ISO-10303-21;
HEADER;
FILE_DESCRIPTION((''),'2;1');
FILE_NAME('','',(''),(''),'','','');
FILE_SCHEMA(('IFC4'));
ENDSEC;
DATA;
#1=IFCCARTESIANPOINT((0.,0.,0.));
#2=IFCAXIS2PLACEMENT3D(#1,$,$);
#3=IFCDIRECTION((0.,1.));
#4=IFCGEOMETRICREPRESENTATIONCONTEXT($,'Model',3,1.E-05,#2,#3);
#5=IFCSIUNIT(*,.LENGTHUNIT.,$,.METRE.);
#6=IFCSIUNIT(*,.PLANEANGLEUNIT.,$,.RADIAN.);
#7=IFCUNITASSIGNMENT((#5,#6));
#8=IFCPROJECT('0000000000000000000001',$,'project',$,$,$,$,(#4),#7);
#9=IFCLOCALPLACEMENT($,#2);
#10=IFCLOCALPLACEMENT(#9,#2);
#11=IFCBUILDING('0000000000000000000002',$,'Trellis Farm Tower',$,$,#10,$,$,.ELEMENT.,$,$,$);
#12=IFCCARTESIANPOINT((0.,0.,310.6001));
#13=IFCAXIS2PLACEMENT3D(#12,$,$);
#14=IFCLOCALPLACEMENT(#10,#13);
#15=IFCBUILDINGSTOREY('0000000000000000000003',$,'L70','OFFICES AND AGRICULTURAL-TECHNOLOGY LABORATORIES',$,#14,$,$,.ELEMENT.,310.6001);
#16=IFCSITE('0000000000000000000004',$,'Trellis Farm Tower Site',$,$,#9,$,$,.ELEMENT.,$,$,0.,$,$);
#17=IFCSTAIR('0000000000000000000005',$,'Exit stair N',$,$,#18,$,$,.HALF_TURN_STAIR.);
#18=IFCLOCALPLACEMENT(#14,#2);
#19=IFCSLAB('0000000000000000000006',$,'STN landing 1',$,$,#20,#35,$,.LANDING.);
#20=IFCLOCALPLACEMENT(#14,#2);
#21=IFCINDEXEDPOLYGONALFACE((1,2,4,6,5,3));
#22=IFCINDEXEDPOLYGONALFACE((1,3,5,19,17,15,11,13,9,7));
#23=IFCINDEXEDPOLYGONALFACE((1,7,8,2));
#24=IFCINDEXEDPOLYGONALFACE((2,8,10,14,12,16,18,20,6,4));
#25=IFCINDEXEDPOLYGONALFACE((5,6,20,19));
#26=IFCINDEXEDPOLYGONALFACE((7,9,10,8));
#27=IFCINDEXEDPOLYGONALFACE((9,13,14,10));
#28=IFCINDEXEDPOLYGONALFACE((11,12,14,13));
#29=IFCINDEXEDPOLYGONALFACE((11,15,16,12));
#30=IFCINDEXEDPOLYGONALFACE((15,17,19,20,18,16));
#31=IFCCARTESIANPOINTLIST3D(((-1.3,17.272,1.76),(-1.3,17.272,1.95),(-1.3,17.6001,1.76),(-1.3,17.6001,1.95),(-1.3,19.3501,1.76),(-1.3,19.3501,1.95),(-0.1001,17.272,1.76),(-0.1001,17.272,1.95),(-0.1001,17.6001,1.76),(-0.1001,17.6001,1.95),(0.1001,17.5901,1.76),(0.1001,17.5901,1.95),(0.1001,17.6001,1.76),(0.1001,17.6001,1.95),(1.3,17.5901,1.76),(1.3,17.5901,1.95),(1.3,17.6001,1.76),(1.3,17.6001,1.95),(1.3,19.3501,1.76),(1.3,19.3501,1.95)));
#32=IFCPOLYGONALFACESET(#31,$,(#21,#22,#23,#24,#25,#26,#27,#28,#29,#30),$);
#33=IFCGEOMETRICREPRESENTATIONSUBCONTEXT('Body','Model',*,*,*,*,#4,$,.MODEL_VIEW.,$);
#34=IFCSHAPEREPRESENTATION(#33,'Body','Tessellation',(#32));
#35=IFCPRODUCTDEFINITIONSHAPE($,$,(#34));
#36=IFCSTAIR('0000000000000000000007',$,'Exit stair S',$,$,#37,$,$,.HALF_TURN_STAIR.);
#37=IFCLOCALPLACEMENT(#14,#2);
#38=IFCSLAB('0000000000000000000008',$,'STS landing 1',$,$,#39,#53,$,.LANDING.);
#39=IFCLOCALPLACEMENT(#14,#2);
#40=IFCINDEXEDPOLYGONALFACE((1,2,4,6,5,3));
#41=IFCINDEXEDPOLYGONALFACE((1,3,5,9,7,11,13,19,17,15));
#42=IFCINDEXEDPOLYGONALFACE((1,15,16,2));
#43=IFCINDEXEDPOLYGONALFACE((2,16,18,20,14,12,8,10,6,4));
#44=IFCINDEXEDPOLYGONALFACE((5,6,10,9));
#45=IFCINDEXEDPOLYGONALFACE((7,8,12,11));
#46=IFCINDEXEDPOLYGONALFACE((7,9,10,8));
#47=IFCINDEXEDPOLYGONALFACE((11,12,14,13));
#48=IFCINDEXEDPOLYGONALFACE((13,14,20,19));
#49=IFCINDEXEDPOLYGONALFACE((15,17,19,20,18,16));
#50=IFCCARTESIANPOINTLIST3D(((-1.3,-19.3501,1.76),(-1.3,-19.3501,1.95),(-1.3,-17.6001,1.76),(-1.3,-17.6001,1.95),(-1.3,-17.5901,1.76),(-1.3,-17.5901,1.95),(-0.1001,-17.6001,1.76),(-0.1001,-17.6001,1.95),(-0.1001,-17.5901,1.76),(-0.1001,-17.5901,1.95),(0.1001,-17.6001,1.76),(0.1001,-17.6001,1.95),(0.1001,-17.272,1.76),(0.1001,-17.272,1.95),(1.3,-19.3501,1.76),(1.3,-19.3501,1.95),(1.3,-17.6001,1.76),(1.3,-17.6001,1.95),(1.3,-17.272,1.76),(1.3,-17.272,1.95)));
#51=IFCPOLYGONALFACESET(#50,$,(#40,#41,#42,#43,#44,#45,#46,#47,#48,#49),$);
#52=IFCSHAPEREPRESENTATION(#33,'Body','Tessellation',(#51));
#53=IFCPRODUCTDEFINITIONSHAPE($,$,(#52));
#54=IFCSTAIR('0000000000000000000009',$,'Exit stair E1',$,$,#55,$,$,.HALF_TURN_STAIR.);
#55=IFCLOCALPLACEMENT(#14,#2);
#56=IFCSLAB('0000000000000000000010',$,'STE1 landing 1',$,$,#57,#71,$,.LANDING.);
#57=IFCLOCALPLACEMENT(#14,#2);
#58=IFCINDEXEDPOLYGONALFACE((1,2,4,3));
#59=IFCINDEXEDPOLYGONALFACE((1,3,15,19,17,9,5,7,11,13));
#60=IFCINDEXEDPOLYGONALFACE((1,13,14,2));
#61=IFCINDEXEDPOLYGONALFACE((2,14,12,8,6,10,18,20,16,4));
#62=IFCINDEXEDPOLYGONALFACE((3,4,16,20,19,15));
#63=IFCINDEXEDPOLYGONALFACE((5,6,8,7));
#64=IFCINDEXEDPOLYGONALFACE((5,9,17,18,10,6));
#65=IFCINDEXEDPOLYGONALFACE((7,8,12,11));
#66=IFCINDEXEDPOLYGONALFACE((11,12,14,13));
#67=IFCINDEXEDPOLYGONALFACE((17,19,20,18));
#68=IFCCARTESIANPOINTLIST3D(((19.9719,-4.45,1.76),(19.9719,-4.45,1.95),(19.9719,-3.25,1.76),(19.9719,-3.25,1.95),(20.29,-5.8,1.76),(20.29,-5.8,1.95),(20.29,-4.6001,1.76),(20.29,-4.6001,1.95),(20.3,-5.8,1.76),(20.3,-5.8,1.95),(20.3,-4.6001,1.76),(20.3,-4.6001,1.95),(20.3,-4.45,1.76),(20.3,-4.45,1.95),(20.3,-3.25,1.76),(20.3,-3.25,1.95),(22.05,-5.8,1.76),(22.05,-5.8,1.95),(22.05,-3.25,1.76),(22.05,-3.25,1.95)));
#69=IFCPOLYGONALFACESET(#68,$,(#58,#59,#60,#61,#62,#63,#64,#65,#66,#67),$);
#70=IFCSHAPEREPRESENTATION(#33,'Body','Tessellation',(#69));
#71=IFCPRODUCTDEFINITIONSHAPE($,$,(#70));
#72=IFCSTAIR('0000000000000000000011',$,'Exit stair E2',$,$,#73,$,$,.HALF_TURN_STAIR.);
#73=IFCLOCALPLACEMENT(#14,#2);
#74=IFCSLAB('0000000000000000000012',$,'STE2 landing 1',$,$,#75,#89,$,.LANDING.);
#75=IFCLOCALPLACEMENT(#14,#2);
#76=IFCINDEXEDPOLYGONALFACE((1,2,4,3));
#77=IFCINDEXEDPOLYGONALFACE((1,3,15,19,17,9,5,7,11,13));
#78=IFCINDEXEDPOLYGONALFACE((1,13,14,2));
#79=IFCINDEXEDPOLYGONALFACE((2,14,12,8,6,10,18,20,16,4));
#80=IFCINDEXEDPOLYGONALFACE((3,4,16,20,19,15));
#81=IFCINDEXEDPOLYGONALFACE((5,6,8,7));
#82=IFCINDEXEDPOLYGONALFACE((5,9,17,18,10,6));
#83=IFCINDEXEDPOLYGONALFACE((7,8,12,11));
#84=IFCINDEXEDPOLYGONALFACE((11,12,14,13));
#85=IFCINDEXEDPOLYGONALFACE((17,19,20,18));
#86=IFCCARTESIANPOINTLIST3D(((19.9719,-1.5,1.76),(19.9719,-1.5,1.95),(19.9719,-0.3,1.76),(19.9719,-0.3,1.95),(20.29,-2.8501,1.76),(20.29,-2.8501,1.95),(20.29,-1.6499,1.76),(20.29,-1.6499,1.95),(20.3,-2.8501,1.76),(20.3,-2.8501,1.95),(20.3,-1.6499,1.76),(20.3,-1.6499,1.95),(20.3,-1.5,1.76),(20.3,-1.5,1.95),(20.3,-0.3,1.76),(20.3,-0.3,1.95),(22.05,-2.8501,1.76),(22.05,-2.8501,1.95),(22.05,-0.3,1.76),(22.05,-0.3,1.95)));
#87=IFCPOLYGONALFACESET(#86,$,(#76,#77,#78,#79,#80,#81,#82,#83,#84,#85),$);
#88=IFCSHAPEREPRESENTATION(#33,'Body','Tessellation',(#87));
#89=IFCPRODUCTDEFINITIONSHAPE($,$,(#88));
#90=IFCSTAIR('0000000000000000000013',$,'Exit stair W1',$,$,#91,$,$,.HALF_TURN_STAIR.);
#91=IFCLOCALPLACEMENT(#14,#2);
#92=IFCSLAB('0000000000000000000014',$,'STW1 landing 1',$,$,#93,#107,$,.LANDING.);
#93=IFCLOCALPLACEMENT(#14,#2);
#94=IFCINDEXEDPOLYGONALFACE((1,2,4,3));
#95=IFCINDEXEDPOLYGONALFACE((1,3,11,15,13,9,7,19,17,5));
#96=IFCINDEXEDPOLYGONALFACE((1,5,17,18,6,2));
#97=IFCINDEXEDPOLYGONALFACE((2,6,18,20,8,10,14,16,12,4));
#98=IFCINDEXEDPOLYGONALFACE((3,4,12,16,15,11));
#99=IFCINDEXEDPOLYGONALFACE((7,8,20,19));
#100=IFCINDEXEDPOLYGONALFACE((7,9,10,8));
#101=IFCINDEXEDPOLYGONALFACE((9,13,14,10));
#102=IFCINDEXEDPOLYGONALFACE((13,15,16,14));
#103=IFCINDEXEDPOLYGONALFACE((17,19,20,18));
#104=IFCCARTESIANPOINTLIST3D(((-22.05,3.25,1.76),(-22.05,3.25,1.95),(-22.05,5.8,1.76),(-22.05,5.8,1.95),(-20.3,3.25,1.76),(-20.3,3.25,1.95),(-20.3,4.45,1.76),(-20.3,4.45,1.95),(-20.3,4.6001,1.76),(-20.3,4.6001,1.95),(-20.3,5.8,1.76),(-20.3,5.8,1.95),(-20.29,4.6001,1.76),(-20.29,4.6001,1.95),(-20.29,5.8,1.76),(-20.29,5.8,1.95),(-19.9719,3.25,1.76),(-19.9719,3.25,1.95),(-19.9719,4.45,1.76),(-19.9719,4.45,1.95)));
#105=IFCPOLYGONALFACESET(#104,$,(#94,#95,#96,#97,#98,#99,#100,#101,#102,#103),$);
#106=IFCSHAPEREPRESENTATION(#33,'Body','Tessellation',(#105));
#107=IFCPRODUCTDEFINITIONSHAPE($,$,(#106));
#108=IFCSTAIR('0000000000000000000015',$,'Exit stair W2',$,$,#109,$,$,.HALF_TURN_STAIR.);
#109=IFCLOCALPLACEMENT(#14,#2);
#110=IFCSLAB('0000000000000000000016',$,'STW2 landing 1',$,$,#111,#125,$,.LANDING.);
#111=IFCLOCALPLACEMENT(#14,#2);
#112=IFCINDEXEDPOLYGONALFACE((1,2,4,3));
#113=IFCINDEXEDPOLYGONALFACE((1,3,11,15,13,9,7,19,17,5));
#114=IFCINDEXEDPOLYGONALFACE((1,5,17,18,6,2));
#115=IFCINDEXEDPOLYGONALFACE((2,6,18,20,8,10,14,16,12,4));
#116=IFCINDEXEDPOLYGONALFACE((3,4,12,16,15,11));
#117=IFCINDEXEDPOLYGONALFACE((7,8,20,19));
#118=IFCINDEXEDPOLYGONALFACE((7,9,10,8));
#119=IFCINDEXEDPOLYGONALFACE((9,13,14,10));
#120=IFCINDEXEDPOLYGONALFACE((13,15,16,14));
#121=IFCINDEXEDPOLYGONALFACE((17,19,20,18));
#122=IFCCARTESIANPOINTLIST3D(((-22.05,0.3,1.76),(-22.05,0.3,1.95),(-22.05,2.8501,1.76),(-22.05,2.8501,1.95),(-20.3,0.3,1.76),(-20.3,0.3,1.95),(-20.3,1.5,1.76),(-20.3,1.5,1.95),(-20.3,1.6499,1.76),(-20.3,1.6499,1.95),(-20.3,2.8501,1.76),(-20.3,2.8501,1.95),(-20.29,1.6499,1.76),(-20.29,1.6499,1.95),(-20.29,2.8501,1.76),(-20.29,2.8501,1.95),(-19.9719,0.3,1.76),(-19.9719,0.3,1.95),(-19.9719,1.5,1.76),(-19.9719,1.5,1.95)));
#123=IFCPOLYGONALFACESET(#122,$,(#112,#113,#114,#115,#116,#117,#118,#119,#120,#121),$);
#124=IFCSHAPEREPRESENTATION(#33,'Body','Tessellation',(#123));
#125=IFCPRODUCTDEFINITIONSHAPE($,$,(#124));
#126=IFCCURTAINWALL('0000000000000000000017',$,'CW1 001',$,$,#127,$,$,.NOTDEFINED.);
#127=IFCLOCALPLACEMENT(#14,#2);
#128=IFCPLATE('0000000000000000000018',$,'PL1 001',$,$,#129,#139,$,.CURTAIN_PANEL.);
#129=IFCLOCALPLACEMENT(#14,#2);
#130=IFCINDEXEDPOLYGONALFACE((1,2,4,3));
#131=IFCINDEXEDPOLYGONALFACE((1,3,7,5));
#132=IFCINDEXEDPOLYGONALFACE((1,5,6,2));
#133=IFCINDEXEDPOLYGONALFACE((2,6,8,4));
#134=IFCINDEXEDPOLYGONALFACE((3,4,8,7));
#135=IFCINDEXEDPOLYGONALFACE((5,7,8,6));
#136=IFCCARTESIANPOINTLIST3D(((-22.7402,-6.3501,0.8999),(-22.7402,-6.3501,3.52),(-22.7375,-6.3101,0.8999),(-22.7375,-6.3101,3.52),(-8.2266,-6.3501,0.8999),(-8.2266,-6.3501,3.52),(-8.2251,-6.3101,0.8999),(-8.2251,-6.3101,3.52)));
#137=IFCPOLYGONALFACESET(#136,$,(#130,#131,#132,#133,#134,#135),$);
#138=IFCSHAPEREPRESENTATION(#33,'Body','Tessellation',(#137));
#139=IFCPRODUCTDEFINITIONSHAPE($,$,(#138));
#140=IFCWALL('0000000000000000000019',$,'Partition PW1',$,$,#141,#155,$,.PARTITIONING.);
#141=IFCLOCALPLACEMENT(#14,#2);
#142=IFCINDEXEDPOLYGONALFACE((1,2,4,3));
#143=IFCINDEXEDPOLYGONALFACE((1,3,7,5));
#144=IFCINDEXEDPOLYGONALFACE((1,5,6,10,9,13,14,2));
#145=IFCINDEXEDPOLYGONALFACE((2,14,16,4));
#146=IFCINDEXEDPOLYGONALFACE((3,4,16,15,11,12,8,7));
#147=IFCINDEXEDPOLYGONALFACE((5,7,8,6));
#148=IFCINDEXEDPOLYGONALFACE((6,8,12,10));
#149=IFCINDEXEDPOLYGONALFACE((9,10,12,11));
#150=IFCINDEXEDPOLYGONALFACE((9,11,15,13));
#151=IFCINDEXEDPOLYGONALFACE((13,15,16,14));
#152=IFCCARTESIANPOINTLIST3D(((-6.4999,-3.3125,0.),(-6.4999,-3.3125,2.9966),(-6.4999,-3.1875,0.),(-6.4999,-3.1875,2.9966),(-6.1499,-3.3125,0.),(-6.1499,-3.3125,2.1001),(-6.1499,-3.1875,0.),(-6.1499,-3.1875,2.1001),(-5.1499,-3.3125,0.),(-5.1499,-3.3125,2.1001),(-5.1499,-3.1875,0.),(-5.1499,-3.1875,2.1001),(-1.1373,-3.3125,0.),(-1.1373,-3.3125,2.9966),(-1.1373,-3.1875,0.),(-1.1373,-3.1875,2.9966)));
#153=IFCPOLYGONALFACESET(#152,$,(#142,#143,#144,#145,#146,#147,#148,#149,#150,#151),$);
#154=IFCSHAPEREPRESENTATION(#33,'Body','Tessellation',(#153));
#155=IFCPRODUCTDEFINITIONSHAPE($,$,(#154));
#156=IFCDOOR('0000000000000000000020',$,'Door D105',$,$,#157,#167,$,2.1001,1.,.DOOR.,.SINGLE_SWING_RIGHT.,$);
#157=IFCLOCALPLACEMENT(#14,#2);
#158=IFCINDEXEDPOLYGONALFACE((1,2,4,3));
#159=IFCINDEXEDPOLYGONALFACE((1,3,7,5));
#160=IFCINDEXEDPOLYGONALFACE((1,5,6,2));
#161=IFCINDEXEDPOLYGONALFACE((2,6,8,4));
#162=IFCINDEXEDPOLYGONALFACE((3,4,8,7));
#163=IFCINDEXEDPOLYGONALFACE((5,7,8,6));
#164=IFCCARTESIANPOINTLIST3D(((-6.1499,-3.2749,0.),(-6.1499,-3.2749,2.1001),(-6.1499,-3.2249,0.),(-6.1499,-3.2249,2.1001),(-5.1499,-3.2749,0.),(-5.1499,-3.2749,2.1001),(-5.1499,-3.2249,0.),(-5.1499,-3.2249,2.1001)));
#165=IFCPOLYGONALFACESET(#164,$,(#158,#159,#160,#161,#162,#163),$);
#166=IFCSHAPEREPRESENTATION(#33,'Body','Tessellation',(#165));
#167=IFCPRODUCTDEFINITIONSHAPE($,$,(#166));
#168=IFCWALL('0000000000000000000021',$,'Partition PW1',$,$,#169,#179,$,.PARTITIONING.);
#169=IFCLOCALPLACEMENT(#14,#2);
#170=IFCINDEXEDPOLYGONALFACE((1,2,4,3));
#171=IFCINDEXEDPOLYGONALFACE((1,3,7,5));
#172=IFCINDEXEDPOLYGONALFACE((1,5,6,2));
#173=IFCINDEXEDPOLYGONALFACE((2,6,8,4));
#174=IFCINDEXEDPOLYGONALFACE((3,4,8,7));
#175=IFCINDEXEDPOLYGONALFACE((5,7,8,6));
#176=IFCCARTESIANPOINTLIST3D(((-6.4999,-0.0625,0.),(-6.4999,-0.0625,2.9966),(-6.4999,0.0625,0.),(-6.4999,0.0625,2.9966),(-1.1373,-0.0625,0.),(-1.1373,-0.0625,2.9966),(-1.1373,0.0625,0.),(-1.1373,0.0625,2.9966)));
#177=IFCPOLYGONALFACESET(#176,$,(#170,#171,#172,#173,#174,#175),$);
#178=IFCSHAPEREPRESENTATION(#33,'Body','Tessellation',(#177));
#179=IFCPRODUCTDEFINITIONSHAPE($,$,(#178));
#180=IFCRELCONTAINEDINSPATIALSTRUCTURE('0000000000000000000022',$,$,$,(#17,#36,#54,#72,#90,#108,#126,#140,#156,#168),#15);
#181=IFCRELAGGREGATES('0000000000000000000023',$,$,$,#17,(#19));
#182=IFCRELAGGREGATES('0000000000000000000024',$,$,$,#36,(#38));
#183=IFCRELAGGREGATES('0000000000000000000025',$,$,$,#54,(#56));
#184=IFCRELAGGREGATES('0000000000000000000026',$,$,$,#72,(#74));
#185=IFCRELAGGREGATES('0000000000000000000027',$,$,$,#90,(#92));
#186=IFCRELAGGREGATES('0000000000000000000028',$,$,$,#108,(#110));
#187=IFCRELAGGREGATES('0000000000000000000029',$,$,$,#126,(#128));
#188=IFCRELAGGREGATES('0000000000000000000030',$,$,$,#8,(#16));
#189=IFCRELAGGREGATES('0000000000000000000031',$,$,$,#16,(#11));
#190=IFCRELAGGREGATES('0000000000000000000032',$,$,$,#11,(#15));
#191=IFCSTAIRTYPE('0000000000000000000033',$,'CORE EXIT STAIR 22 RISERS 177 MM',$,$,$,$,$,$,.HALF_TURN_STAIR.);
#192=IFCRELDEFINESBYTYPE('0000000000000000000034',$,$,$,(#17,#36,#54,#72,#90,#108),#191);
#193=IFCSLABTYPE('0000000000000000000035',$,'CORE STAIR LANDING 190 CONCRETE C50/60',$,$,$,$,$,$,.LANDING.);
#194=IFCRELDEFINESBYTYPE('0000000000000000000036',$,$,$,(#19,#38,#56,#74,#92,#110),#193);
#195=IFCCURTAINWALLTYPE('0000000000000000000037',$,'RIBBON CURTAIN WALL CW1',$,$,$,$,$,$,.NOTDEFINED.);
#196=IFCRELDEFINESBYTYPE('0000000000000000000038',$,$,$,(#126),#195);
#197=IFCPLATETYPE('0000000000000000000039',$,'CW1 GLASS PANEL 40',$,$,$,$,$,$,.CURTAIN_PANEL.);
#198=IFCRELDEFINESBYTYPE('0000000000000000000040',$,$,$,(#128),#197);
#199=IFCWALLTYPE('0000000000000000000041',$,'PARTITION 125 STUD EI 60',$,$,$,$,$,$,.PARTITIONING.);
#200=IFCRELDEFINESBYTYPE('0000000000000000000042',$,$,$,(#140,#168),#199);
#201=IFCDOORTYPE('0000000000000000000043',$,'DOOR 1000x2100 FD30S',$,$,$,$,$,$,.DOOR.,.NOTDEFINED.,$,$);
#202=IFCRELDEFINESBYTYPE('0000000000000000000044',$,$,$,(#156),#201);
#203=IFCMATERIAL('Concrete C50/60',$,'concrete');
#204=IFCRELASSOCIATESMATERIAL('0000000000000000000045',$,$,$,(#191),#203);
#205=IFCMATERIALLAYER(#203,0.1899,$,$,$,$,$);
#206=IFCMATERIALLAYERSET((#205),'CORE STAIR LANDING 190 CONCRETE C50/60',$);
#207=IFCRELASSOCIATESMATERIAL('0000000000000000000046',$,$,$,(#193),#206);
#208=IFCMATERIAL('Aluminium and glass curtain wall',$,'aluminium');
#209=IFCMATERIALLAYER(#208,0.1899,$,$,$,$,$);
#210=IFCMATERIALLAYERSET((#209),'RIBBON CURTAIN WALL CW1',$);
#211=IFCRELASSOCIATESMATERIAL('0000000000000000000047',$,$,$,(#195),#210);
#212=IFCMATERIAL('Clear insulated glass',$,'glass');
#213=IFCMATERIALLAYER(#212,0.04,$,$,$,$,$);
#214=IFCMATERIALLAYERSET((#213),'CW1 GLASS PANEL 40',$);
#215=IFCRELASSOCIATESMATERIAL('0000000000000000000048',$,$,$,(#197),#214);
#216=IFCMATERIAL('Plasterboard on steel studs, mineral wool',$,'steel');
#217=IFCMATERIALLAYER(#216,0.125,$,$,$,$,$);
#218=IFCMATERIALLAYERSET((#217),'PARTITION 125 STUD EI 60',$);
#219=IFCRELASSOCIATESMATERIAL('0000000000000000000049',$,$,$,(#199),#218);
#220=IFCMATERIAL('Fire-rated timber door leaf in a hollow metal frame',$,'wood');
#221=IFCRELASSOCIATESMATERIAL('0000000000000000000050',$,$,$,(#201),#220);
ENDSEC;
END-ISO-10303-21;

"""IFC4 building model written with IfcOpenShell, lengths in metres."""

from ifc_helpers import new_model, si_unit, direction, frame, frame_2d, origin, place, context, subcontext, project, spatial, polyline, rectangle, outline, extrude, source, transform, mapped, material, layer, layer_set, type_object, element, fill, aggregate, save


model = new_model("IFC4")

# Units and contexts
model_context = context("Model", 3, precision=1e-05, world=origin(), true_north=direction((0.0, 1.0)))
body_context = subcontext(model_context, "Body", "Model", "MODEL_VIEW")
ifc_project = project(units=[si_unit("LENGTHUNIT", "METRE"), si_unit("PLANEANGLEUNIT", "RADIAN")], contexts=[model_context])

# Site, building, storey
site_placement = place(None, origin())
site = spatial("IfcSite", under=ifc_project, at=site_placement, Name="Trellis Farm Tower Site", CompositionType="ELEMENT", RefElevation=0.0)
building_placement = place(site_placement, origin())
building = spatial("IfcBuilding", under=site, at=building_placement, Name="Trellis Farm Tower", CompositionType="ELEMENT")
storey_placement = place(building_placement, frame((0.0, 0.0, 310.6001)))
storey = spatial("IfcBuildingStorey", under=building, at=storey_placement, Name="L70", Description="OFFICES AND AGRICULTURAL-TECHNOLOGY LABORATORIES", CompositionType="ELEMENT", Elevation=310.6001)

# Stairs, slabs
ifc_material_1 = material(Name="Concrete C50/60", Category="concrete")
stair_type = type_object("IfcStairType", Name="CORE EXIT STAIR 22 RISERS 177 MM", PredefinedType="HALF_TURN_STAIR", material=ifc_material_1)
placement_1 = place(storey_placement, origin())
stair_1 = element("IfcStair", 1, at=placement_1, inside=storey, type_object=stair_type, Name="Exit stair N", PredefinedType="HALF_TURN_STAIR")
ifc_layer_1 = layer(ifc_material_1, 0.1899)
ifc_layer_set_1 = layer_set([ifc_layer_1], Name="CORE STAIR LANDING 190 CONCRETE C50/60")
slab_type_1 = type_object("IfcSlabType", Name="CORE STAIR LANDING 190 CONCRETE C50/60", PredefinedType="LANDING", material=ifc_layer_set_1)
shared_shape_1 = source(origin(), body_context, "Body", "SweptSolid", [
    extrude(outline(polyline([(-0.1001, 17.272), (-1.3, 17.272), (-1.3, 17.6001), (-1.3, 19.3501), (1.3, 19.3501), (1.3, 17.6001), (1.3, 17.5901), (0.1001, 17.5901), (0.1001, 17.6001), (-0.1001, 17.6001), (-0.1001, 17.272)])), origin(), (0.0, 0.0, 1.0), 0.1899),
])
placement_2 = place(storey_placement, frame((0.0, 0.0, 1.76)))
slab_1 = element("IfcSlab", 2, at=placement_2, type_object=slab_type_1, Name="STN landing 1", PredefinedType="LANDING", context=body_context, shape_type="MappedRepresentation", body=[
    mapped(shared_shape_1, transform((0.0, 0.0, 0.0))),
])
aggregate(stair_1, [slab_1])
stair_2 = element("IfcStair", 3, at=placement_1, inside=storey, type_object=stair_type, Name="Exit stair S", PredefinedType="HALF_TURN_STAIR")
shared_shape_2 = source(origin(), body_context, "Body", "SweptSolid", [
    extrude(outline(polyline([(1.3, -19.3501), (-1.3, -19.3501), (-1.3, -17.6001), (-1.3, -17.5901), (-0.1001, -17.5901), (-0.1001, -17.6001), (0.1001, -17.6001), (0.1001, -17.272), (1.3, -17.272), (1.3, -17.6001), (1.3, -19.3501)])), origin(), (0.0, 0.0, 1.0), 0.1899),
])
slab_2 = element("IfcSlab", 4, at=placement_2, type_object=slab_type_1, Name="STS landing 1", PredefinedType="LANDING", context=body_context, shape_type="MappedRepresentation", body=[
    mapped(shared_shape_2, transform((0.0, 0.0, 0.0))),
])
aggregate(stair_2, [slab_2])
stair_3 = element("IfcStair", 5, at=placement_1, inside=storey, type_object=stair_type, Name="Exit stair E1", PredefinedType="HALF_TURN_STAIR")
shared_shape_3 = source(origin(), body_context, "Body", "SweptSolid", [
    extrude(outline(polyline([(20.29, -5.8), (20.29, -4.6001), (20.3, -4.6001), (20.3, -4.45), (19.9719, -4.45), (19.9719, -3.25), (20.3, -3.25), (22.05, -3.25), (22.05, -5.8), (20.3, -5.8), (20.29, -5.8)])), origin(), (0.0, 0.0, 1.0), 0.1899),
])
slab_3 = element("IfcSlab", 6, at=placement_2, type_object=slab_type_1, Name="STE1 landing 1", PredefinedType="LANDING", context=body_context, shape_type="MappedRepresentation", body=[
    mapped(shared_shape_3, transform((0.0, 0.0, 0.0))),
])
aggregate(stair_3, [slab_3])
stair_4 = element("IfcStair", 7, at=placement_1, inside=storey, type_object=stair_type, Name="Exit stair E2", PredefinedType="HALF_TURN_STAIR")
shared_shape_4 = source(origin(), body_context, "Body", "SweptSolid", [
    extrude(outline(polyline([(20.29, -2.8501), (20.29, -1.6499), (20.3, -1.6499), (20.3, -1.5), (19.9719, -1.5), (19.9719, -0.3), (20.3, -0.3), (22.05, -0.3), (22.05, -2.8501), (20.3, -2.8501), (20.29, -2.8501)])), origin(), (0.0, 0.0, 1.0), 0.1899),
])
slab_4 = element("IfcSlab", 8, at=placement_2, type_object=slab_type_1, Name="STE2 landing 1", PredefinedType="LANDING", context=body_context, shape_type="MappedRepresentation", body=[
    mapped(shared_shape_4, transform((0.0, 0.0, 0.0))),
])
aggregate(stair_4, [slab_4])
stair_5 = element("IfcStair", 9, at=placement_1, inside=storey, type_object=stair_type, Name="Exit stair W1", PredefinedType="HALF_TURN_STAIR")
shared_shape_5 = source(origin(), body_context, "Body", "SweptSolid", [
    extrude(outline(polyline([(-19.9719, 4.45), (-19.9719, 3.25), (-20.3, 3.25), (-22.05, 3.25), (-22.05, 5.8), (-20.3, 5.8), (-20.29, 5.8), (-20.29, 4.6001), (-20.3, 4.6001), (-20.3, 4.45), (-19.9719, 4.45)])), origin(), (0.0, 0.0, 1.0), 0.1899),
])
slab_5 = element("IfcSlab", 10, at=placement_2, type_object=slab_type_1, Name="STW1 landing 1", PredefinedType="LANDING", context=body_context, shape_type="MappedRepresentation", body=[
    mapped(shared_shape_5, transform((0.0, 0.0, 0.0))),
])
aggregate(stair_5, [slab_5])
stair_6 = element("IfcStair", 11, at=placement_1, inside=storey, type_object=stair_type, Name="Exit stair W2", PredefinedType="HALF_TURN_STAIR")
shared_shape_6 = source(origin(), body_context, "Body", "SweptSolid", [
    extrude(outline(polyline([(-19.9719, 1.5), (-19.9719, 0.3), (-20.3, 0.3), (-22.05, 0.3), (-22.05, 2.8501), (-20.3, 2.8501), (-20.29, 2.8501), (-20.29, 1.6499), (-20.3, 1.6499), (-20.3, 1.5), (-19.9719, 1.5)])), origin(), (0.0, 0.0, 1.0), 0.1899),
])
slab_6 = element("IfcSlab", 12, at=placement_2, type_object=slab_type_1, Name="STW2 landing 1", PredefinedType="LANDING", context=body_context, shape_type="MappedRepresentation", body=[
    mapped(shared_shape_6, transform((0.0, 0.0, 0.0))),
])
aggregate(stair_6, [slab_6])

# Curtain wall, plate
ifc_material_2 = material(Name="Aluminium and glass curtain wall", Category="aluminium")
ifc_layer_2 = layer(ifc_material_2, 0.1899)
ifc_layer_set_2 = layer_set([ifc_layer_2], Name="RIBBON CURTAIN WALL CW1")
curtain_wall_type = type_object("IfcCurtainWallType", Name="RIBBON CURTAIN WALL CW1", PredefinedType="NOTDEFINED", material=ifc_layer_set_2)
curtain_wall = element("IfcCurtainWall", 13, at=placement_1, inside=storey, type_object=curtain_wall_type, Name="CW1 001", PredefinedType="NOTDEFINED")
ifc_material_3 = material(Name="Clear insulated glass", Category="glass")
ifc_layer_3 = layer(ifc_material_3, 0.04)
ifc_layer_set_3 = layer_set([ifc_layer_3], Name="CW1 GLASS PANEL 40")
plate_type = type_object("IfcPlateType", Name="CW1 GLASS PANEL 40", PredefinedType="CURTAIN_PANEL", material=ifc_layer_set_3)
shared_shape_7 = source(origin(), body_context, "Body", "SweptSolid", [
    extrude(outline(polyline([(-22.7402, -6.3501), (-8.2266, -6.3501), (-8.2251, -6.3101), (-22.7375, -6.3101), (-22.7402, -6.3501)])), origin(), (0.0, 0.0, 1.0), 2.6201),
])
plate_placement = place(storey_placement, frame((0.0, 0.0, 0.8999)))
plate = element("IfcPlate", 14, at=plate_placement, type_object=plate_type, Name="PL1 001", PredefinedType="CURTAIN_PANEL", context=body_context, shape_type="MappedRepresentation", body=[
    mapped(shared_shape_7, transform((0.0, 0.0, 0.0))),
])
aggregate(curtain_wall, [plate])

# Wall, opening, door
ifc_material_4 = material(Name="Plasterboard on steel studs, mineral wool", Category="steel")
ifc_layer_4 = layer(ifc_material_4, 0.125)
ifc_layer_set_4 = layer_set([ifc_layer_4], Name="PARTITION 125 STUD EI 60")
wall_type_1 = type_object("IfcWallType", Name="PARTITION 125 STUD EI 60", PredefinedType="PARTITIONING", material=ifc_layer_set_4)
shared_shape_8 = source(origin(), body_context, "Body", "SweptSolid", [
    extrude(rectangle(XDim=5.3625, YDim=0.125, at=frame_2d((2.6812, 0.0))), origin(), (0.0, 0.0, 1.0), 2.9966),
])
wall_1_placement = place(storey_placement, frame((-1.1375, -3.25, 0.0), z_axis=(0.0, 0.0, 1.0), x_axis=(-1.0, 0.0, 0.0)))
wall_1 = element("IfcWall", 15, at=wall_1_placement, inside=storey, type_object=wall_type_1, Name="Partition PW1", PredefinedType="PARTITIONING", context=body_context, shape_type="MappedRepresentation", body=[
    mapped(shared_shape_8, transform((0.0, 0.0, 0.0))),
])
shared_shape_9 = source(origin(), body_context, "Body", "SweptSolid", [
    extrude(rectangle(XDim=1.0, YDim=2.1001, at=frame_2d((0.5, 1.05))), frame((0.0, 0.0725, 0.0), z_axis=(0.0, -1.0, 0.0), x_axis=(1.0, 0.0, 0.0)), (0.0, 0.0, 1.0), 0.145),
])
opening_1_placement = place(wall_1_placement, frame((4.0125, 0.0, 0.0)))
opening_1 = element("IfcOpeningElement", 16, at=opening_1_placement, cuts=wall_1, PredefinedType="OPENING", context=body_context, shape_type="MappedRepresentation", body=[
    mapped(shared_shape_9, transform((0.0, 0.0, 0.0))),
])
ifc_material_5 = material(Name="Fire-rated timber door leaf in a hollow metal frame", Category="wood")
door_type = type_object("IfcDoorType", Name="DOOR 1000x2100 FD30S", OperationType="NOTDEFINED", PredefinedType="DOOR", material=ifc_material_5)
shared_shape_10 = source(origin(), body_context, "Body", "SweptSolid", [
    extrude(rectangle(XDim=1.0, YDim=2.1001, at=frame_2d((0.5, 1.05))), frame((0.0, 0.0249, 0.0), z_axis=(0.0, -1.0, 0.0), x_axis=(1.0, 0.0, 0.0)), (0.0, 0.0, 1.0), 0.05),
])
door_1_placement = place(opening_1_placement, origin())
door_1 = element("IfcDoor", 17, at=door_1_placement, inside=storey, type_object=door_type, Name="Door D105", OperationType="SINGLE_SWING_RIGHT", OverallHeight=2.1001, OverallWidth=1.0, PredefinedType="DOOR", context=body_context, shape_type="MappedRepresentation", body=[
    mapped(shared_shape_10, transform((0.0, 0.0, 0.0))),
])
fill(opening_1, door_1)

# Wall
wall_2_placement = place(storey_placement, frame((-1.1375, 0.0, 0.0), z_axis=(0.0, 0.0, 1.0), x_axis=(-1.0, 0.0, 0.0)))
element("IfcWall", 18, at=wall_2_placement, inside=storey, type_object=wall_type_1, Name="Partition PW1", PredefinedType="PARTITIONING", context=body_context, shape_type="MappedRepresentation", body=[
    mapped(shared_shape_8, transform((0.0, 0.0, 0.0))),
])

save(model, "model.ifc")
